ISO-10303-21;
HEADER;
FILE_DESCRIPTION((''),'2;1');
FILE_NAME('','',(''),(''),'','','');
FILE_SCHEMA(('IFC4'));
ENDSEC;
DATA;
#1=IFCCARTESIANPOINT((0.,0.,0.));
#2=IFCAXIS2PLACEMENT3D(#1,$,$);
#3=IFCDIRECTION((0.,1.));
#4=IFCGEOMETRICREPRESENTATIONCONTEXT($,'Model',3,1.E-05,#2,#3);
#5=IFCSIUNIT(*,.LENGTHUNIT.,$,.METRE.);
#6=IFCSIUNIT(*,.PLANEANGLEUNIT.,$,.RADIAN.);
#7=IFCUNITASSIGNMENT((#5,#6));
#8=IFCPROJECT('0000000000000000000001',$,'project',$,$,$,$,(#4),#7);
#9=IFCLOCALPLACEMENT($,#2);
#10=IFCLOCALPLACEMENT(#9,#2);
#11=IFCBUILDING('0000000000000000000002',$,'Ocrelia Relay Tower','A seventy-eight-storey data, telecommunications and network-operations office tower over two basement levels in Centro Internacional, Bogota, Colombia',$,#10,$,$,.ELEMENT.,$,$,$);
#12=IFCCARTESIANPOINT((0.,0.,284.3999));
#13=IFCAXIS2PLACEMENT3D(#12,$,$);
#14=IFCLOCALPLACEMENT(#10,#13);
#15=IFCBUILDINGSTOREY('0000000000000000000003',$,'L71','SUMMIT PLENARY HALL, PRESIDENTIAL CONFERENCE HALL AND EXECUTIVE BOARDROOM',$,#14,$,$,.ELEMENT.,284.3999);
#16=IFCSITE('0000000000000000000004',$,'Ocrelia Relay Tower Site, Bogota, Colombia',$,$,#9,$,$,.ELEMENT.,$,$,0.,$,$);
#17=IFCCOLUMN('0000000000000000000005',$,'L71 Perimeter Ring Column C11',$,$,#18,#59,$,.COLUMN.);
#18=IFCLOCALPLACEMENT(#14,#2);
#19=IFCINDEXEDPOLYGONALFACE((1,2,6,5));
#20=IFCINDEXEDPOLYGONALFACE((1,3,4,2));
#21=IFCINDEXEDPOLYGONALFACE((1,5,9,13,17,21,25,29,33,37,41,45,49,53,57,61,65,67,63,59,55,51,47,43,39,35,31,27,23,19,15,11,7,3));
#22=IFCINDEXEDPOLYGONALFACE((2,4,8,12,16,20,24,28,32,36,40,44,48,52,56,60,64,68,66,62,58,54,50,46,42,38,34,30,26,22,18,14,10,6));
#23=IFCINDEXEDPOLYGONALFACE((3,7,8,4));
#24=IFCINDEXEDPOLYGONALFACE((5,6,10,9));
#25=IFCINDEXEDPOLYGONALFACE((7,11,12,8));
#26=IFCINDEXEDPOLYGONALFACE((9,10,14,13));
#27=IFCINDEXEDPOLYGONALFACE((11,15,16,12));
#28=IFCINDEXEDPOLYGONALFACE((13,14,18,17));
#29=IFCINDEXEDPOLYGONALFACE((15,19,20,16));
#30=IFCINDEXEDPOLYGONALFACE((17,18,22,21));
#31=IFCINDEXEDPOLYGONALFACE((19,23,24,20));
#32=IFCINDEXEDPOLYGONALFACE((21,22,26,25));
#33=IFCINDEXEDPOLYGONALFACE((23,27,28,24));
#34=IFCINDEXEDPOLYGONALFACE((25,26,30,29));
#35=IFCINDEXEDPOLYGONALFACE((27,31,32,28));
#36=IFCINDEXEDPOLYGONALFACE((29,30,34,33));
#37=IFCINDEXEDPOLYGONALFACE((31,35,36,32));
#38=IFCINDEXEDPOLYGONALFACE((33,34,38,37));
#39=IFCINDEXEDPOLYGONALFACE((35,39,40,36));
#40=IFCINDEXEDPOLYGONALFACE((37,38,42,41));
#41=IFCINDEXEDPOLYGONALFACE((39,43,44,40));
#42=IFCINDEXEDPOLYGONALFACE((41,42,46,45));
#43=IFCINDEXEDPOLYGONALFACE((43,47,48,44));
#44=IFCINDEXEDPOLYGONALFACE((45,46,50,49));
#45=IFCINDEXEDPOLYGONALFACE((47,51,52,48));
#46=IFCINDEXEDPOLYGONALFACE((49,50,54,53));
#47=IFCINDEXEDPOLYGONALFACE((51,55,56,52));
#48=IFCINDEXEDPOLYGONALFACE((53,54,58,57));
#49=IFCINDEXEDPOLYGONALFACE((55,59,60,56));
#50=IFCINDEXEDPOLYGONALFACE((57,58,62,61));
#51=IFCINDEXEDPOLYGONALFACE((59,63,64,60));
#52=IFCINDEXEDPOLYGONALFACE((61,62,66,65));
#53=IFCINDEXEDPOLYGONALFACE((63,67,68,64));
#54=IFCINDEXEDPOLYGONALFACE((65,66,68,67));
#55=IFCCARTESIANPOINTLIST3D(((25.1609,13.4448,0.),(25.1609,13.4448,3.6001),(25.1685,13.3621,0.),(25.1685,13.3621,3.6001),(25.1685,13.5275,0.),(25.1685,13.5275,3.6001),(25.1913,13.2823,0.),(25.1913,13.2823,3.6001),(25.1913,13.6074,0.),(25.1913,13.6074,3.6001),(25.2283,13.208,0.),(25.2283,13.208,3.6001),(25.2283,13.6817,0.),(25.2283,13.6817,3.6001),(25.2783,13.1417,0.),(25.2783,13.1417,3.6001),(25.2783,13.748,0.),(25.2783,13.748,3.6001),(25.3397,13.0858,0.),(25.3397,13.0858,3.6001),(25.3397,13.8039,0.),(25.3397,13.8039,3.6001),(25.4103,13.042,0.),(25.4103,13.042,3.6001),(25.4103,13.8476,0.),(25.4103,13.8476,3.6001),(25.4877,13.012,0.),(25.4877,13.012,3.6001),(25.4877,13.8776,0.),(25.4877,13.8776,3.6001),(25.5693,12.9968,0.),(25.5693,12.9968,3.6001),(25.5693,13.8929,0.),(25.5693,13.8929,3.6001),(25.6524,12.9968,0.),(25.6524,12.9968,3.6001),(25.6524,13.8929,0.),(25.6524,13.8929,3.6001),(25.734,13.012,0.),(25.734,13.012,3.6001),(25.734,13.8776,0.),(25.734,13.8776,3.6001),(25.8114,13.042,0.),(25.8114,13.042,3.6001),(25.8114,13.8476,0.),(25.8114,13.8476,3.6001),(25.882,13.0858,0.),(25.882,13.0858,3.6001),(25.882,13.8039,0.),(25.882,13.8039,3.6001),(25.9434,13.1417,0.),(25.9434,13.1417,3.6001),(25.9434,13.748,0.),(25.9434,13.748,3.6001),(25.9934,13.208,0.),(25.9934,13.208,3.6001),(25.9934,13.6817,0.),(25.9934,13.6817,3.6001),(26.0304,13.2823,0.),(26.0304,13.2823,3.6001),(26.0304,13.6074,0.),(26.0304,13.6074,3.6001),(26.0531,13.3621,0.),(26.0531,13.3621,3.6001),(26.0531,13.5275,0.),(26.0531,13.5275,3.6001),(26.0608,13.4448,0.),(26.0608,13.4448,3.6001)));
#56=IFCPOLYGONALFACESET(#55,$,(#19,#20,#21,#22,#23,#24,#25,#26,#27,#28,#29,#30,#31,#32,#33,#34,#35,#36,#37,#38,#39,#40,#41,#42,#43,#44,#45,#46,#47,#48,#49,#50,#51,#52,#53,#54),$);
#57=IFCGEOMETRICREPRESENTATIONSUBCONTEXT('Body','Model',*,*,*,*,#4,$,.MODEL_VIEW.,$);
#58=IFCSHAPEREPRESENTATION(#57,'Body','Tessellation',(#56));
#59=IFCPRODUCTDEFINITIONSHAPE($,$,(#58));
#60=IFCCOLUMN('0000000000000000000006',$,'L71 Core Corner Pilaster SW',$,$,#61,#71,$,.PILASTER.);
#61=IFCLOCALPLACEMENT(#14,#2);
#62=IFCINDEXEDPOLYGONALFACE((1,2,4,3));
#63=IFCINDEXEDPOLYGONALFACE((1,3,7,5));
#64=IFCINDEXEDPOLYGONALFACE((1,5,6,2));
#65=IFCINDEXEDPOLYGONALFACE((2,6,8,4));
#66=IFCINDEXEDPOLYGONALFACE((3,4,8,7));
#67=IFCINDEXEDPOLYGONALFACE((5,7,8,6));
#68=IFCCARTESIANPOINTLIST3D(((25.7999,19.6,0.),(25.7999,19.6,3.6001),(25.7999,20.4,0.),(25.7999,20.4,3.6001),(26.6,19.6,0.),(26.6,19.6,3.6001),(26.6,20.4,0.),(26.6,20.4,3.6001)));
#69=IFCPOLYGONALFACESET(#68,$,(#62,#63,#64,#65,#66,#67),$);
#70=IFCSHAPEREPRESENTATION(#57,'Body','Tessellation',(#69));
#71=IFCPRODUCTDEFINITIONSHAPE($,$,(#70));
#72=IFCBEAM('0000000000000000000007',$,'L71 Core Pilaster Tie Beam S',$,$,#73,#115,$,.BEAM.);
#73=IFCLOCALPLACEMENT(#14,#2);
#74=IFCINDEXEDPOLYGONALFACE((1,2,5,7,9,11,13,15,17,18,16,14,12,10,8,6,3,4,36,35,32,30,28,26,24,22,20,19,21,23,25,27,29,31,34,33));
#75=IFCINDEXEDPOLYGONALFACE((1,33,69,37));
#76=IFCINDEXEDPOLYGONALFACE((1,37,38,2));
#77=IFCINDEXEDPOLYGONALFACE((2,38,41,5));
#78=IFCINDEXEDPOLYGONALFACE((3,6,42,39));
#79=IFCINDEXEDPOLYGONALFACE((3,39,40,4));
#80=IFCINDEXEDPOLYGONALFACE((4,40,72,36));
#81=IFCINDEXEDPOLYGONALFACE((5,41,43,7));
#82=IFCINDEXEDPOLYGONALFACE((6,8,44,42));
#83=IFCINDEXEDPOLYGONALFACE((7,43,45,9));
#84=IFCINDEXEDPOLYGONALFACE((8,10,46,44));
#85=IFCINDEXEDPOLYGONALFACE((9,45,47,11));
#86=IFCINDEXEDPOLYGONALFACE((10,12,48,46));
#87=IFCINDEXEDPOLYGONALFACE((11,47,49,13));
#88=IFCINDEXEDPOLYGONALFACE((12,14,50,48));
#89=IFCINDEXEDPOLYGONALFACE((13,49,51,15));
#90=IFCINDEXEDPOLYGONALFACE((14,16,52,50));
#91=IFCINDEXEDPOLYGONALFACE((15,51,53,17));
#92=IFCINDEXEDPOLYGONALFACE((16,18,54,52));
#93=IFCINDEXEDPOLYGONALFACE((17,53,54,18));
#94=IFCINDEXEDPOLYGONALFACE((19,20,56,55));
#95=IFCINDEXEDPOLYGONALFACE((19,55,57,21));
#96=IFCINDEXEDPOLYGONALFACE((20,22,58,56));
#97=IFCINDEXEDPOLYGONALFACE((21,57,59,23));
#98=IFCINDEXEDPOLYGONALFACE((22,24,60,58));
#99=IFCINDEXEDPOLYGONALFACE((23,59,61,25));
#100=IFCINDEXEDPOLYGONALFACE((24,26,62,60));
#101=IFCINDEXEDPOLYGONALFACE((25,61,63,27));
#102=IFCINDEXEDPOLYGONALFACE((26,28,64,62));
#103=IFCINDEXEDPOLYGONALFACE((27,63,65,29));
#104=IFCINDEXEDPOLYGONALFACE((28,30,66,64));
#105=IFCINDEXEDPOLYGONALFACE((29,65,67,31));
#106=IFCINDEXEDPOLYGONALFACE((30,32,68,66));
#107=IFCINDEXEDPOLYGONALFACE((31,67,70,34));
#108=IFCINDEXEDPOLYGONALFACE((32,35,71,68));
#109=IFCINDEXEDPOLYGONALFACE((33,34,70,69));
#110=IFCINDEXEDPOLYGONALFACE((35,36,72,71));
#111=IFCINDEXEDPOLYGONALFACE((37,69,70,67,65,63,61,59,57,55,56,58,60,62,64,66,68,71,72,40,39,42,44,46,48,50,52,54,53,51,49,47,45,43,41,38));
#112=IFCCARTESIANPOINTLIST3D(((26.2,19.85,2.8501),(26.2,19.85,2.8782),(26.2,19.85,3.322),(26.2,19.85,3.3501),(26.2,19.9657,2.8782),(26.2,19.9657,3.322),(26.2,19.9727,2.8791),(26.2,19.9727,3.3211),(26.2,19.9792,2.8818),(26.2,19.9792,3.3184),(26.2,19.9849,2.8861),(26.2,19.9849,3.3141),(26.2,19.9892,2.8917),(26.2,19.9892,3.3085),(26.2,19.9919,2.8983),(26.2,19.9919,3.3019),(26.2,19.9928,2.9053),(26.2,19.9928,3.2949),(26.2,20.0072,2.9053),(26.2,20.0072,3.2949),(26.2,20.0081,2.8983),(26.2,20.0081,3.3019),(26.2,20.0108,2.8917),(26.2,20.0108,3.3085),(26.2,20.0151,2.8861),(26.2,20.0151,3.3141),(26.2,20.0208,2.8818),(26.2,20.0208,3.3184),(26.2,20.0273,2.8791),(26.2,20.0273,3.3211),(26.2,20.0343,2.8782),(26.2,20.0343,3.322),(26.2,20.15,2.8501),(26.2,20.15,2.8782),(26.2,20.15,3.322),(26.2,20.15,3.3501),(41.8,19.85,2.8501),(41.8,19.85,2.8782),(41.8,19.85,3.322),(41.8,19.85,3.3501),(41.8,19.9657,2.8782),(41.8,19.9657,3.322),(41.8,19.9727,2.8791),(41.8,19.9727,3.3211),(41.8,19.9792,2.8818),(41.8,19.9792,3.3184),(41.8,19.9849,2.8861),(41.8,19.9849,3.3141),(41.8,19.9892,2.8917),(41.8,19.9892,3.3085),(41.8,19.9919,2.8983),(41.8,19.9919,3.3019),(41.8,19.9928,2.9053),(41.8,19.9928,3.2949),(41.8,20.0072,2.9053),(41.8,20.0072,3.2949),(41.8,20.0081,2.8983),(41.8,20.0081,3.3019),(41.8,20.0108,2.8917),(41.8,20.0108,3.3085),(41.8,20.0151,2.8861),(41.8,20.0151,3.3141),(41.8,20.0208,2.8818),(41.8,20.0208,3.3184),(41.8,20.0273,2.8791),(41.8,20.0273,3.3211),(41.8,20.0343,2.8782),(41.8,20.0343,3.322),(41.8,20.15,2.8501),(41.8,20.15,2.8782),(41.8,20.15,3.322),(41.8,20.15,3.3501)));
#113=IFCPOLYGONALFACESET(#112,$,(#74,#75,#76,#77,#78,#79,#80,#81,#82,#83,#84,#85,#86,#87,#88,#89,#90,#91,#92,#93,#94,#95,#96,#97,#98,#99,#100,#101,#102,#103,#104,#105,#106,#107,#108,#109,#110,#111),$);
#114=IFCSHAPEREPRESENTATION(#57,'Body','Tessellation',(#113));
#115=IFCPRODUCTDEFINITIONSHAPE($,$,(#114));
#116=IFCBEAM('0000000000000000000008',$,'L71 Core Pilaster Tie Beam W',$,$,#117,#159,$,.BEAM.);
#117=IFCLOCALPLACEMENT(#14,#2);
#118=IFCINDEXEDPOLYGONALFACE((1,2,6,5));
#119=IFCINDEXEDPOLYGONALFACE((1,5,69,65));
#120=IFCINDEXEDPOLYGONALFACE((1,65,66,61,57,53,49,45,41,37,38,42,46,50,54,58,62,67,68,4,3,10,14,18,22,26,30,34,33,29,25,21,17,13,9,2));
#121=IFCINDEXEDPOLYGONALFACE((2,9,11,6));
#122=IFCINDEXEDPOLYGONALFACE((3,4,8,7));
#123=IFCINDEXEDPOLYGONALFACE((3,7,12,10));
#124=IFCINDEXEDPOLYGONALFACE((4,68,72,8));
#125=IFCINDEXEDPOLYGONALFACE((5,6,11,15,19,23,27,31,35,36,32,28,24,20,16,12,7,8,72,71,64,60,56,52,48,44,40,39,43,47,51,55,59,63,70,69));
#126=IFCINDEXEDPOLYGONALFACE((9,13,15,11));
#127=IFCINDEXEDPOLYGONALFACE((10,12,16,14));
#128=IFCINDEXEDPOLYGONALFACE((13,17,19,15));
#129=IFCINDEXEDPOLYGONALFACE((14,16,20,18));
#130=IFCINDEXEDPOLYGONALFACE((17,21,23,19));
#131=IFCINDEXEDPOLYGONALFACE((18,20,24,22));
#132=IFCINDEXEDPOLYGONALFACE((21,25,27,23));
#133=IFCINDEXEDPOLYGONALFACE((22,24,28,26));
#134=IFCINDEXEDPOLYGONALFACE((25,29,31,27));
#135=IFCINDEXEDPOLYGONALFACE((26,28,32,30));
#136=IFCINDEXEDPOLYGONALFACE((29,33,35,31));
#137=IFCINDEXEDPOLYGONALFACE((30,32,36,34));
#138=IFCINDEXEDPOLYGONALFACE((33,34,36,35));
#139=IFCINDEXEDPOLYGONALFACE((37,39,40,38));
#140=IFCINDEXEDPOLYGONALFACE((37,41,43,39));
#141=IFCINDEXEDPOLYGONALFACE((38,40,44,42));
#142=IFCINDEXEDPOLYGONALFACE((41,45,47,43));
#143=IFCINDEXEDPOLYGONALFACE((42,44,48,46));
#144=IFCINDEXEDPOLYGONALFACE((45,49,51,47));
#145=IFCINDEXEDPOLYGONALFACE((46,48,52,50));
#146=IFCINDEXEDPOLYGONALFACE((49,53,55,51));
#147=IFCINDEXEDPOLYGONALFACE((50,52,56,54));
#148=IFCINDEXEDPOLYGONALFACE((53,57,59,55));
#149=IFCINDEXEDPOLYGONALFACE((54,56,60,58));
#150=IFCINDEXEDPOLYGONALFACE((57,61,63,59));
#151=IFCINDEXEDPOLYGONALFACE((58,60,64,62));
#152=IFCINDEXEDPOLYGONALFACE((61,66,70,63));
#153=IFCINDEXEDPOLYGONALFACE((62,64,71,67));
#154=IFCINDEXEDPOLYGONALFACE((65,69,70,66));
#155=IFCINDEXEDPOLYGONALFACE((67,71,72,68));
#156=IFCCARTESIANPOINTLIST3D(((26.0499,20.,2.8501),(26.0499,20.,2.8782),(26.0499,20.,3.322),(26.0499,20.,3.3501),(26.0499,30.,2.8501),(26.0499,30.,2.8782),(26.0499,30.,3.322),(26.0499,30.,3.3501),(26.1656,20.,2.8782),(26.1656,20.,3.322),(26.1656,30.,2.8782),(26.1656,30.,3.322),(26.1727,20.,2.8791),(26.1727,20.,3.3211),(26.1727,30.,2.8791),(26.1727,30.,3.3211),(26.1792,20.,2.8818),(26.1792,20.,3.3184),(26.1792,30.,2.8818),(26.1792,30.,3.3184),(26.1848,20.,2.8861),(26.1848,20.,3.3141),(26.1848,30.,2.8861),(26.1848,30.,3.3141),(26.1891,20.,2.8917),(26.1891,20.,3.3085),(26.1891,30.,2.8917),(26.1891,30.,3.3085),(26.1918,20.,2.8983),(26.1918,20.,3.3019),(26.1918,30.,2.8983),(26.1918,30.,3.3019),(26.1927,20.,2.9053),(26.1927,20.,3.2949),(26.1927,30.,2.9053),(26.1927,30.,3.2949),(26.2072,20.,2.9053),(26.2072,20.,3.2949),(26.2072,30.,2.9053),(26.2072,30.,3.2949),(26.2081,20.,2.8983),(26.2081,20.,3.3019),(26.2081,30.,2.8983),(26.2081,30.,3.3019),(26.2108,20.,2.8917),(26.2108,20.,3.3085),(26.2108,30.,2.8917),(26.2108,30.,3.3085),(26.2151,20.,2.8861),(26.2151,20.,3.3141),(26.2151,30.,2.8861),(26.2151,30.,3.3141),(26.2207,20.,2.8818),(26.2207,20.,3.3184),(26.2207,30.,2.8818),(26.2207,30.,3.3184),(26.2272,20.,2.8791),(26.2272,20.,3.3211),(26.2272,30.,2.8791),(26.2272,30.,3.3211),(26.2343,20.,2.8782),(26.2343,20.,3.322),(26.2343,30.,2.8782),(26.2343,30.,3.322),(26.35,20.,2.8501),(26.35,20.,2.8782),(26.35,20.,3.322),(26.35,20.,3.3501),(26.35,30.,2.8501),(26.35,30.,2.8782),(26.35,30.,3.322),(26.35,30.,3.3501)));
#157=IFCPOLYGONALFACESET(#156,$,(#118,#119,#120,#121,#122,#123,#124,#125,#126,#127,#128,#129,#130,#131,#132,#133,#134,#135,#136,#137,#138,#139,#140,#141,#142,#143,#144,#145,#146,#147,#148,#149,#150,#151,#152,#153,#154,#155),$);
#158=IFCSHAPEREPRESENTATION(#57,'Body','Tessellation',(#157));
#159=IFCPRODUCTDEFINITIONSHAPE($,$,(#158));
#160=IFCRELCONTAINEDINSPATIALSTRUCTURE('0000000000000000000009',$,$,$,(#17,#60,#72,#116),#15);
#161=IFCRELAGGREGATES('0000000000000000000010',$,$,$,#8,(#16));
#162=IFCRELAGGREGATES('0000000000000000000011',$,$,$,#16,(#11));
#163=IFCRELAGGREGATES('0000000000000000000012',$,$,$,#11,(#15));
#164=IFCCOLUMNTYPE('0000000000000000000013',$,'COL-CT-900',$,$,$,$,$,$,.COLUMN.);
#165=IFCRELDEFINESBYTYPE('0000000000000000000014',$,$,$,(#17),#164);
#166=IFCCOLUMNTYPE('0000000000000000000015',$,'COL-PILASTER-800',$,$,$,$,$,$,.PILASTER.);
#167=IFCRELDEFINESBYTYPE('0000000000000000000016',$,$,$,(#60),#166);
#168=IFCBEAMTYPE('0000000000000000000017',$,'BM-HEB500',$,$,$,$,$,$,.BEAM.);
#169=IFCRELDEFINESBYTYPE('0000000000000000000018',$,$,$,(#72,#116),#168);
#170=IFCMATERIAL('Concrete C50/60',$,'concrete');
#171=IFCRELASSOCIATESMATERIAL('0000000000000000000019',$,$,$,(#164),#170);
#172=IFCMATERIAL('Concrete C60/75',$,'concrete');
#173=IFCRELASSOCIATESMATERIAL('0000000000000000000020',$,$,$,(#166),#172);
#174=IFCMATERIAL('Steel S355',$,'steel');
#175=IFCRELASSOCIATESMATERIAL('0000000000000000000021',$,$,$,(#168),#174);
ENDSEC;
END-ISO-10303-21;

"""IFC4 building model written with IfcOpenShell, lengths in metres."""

from ifc_helpers import new_model, si_unit, direction, frame, origin, origin_2d, place, context, subcontext, project, spatial, rectangle, circle, i_section, extrude, material, material_profile, profile_set, type_object, element, save


model = new_model("IFC4")

# Units and contexts
model_context = context("Model", 3, precision=1e-05, world=origin(), true_north=direction((0.0, 1.0)))
body_context = subcontext(model_context, "Body", "Model", "MODEL_VIEW")
ifc_project = project(units=[si_unit("LENGTHUNIT", "METRE"), si_unit("PLANEANGLEUNIT", "RADIAN")], contexts=[model_context])

# Site, building, storey
site_placement = place(None, origin())
site = spatial("IfcSite", under=ifc_project, at=site_placement, Name="Ocrelia Relay Tower Site, Bogota, Colombia", CompositionType="ELEMENT", RefElevation=0.0)
building_placement = place(site_placement, origin())
building = spatial("IfcBuilding", under=site, at=building_placement, Name="Ocrelia Relay Tower", Description="A seventy-eight-storey data, telecommunications and network-operations office tower over two basement levels in Centro Internacional, Bogota, Colombia", CompositionType="ELEMENT")
storey_placement = place(building_placement, frame((0.0, 0.0, 284.3999)))
storey = spatial("IfcBuildingStorey", under=building, at=storey_placement, Name="L71", Description="SUMMIT PLENARY HALL, PRESIDENTIAL CONFERENCE HALL AND EXECUTIVE BOARDROOM", CompositionType="ELEMENT", Elevation=284.3999)

# Columns
ifc_material_1 = material(Name="Concrete C50/60", Category="concrete")
ifc_material_profile_1 = material_profile(ifc_material_1, circle(Radius=0.45, at=origin_2d()), Name="RC-CIR-900")
ifc_profile_set_1 = profile_set([ifc_material_profile_1], Name="Concrete C50/60")
column_type_1 = type_object("IfcColumnType", Name="COL-CT-900", PredefinedType="COLUMN", material=ifc_profile_set_1)
column_1_placement = place(storey_placement, frame((25.6108, 13.4448, 0.0), z_axis=(0.0, 0.0, 1.0), x_axis=(1.0, 0.0, 0.0)))
element("IfcColumn", 1, at=column_1_placement, inside=storey, type_object=column_type_1, Name="L71 Perimeter Ring Column C11", PredefinedType="COLUMN", context=body_context, shape_type="SweptSolid", body=[
    extrude(circle(Radius=0.45, at=origin_2d()), origin(), (0.0, 0.0, 1.0), 3.6001),
])
ifc_material_2 = material(Name="Concrete C60/75", Category="concrete")
ifc_material_profile_2 = material_profile(ifc_material_2, rectangle(XDim=0.8, YDim=0.8, at=origin_2d()), Name="RC-COL-800x800")
ifc_profile_set_2 = profile_set([ifc_material_profile_2], Name="Concrete C60/75")
column_type_2 = type_object("IfcColumnType", Name="COL-PILASTER-800", PredefinedType="PILASTER", material=ifc_profile_set_2)
column_2_placement = place(storey_placement, frame((26.2, 20.0, 0.0), z_axis=(0.0, 0.0, 1.0), x_axis=(1.0, 0.0, 0.0)))
element("IfcColumn", 2, at=column_2_placement, inside=storey, type_object=column_type_2, Name="L71 Core Corner Pilaster SW", PredefinedType="PILASTER", context=body_context, shape_type="SweptSolid", body=[
    extrude(rectangle(XDim=0.8, YDim=0.8, at=origin_2d()), origin(), (0.0, 0.0, 1.0), 3.6001),
])

# Beams
ifc_material_3 = material(Name="Steel S355", Category="steel")
ifc_material_profile_3 = material_profile(ifc_material_3, i_section(OverallWidth=0.3, OverallDepth=0.5, WebThickness=0.0144, FlangeThickness=0.0281, FilletRadius=0.0271, at=origin_2d()), Name="HEB 500")
ifc_profile_set_3 = profile_set([ifc_material_profile_3], Name="Steel S355")
beam_type_1 = type_object("IfcBeamType", Name="BM-HEB500", PredefinedType="BEAM", material=ifc_profile_set_3)
beam_1_placement = place(storey_placement, frame((26.2, 20.0, 3.1001), z_axis=(1.0, 0.0, 0.0), x_axis=(0.0, 1.0, 0.0)))
element("IfcBeam", 3, at=beam_1_placement, inside=storey, type_object=beam_type_1, Name="L71 Core Pilaster Tie Beam S", PredefinedType="BEAM", context=body_context, shape_type="SweptSolid", body=[
    extrude(i_section(OverallWidth=0.3, OverallDepth=0.5, WebThickness=0.0144, FlangeThickness=0.0281, FilletRadius=0.0271, at=origin_2d()), origin(), (0.0, 0.0, 1.0), 15.6001),
])
beam_2_placement = place(storey_placement, frame((26.2, 20.0, 3.1001), z_axis=(0.0, 1.0, 0.0), x_axis=(-1.0, 0.0, 0.0)))
element("IfcBeam", 4, at=beam_2_placement, inside=storey, type_object=beam_type_1, Name="L71 Core Pilaster Tie Beam W", PredefinedType="BEAM", context=body_context, shape_type="SweptSolid", body=[
    extrude(i_section(OverallWidth=0.3, OverallDepth=0.5, WebThickness=0.0144, FlangeThickness=0.0281, FilletRadius=0.0271, at=origin_2d()), origin(), (0.0, 0.0, 1.0), 10.0),
])

save(model, "model.ifc")
